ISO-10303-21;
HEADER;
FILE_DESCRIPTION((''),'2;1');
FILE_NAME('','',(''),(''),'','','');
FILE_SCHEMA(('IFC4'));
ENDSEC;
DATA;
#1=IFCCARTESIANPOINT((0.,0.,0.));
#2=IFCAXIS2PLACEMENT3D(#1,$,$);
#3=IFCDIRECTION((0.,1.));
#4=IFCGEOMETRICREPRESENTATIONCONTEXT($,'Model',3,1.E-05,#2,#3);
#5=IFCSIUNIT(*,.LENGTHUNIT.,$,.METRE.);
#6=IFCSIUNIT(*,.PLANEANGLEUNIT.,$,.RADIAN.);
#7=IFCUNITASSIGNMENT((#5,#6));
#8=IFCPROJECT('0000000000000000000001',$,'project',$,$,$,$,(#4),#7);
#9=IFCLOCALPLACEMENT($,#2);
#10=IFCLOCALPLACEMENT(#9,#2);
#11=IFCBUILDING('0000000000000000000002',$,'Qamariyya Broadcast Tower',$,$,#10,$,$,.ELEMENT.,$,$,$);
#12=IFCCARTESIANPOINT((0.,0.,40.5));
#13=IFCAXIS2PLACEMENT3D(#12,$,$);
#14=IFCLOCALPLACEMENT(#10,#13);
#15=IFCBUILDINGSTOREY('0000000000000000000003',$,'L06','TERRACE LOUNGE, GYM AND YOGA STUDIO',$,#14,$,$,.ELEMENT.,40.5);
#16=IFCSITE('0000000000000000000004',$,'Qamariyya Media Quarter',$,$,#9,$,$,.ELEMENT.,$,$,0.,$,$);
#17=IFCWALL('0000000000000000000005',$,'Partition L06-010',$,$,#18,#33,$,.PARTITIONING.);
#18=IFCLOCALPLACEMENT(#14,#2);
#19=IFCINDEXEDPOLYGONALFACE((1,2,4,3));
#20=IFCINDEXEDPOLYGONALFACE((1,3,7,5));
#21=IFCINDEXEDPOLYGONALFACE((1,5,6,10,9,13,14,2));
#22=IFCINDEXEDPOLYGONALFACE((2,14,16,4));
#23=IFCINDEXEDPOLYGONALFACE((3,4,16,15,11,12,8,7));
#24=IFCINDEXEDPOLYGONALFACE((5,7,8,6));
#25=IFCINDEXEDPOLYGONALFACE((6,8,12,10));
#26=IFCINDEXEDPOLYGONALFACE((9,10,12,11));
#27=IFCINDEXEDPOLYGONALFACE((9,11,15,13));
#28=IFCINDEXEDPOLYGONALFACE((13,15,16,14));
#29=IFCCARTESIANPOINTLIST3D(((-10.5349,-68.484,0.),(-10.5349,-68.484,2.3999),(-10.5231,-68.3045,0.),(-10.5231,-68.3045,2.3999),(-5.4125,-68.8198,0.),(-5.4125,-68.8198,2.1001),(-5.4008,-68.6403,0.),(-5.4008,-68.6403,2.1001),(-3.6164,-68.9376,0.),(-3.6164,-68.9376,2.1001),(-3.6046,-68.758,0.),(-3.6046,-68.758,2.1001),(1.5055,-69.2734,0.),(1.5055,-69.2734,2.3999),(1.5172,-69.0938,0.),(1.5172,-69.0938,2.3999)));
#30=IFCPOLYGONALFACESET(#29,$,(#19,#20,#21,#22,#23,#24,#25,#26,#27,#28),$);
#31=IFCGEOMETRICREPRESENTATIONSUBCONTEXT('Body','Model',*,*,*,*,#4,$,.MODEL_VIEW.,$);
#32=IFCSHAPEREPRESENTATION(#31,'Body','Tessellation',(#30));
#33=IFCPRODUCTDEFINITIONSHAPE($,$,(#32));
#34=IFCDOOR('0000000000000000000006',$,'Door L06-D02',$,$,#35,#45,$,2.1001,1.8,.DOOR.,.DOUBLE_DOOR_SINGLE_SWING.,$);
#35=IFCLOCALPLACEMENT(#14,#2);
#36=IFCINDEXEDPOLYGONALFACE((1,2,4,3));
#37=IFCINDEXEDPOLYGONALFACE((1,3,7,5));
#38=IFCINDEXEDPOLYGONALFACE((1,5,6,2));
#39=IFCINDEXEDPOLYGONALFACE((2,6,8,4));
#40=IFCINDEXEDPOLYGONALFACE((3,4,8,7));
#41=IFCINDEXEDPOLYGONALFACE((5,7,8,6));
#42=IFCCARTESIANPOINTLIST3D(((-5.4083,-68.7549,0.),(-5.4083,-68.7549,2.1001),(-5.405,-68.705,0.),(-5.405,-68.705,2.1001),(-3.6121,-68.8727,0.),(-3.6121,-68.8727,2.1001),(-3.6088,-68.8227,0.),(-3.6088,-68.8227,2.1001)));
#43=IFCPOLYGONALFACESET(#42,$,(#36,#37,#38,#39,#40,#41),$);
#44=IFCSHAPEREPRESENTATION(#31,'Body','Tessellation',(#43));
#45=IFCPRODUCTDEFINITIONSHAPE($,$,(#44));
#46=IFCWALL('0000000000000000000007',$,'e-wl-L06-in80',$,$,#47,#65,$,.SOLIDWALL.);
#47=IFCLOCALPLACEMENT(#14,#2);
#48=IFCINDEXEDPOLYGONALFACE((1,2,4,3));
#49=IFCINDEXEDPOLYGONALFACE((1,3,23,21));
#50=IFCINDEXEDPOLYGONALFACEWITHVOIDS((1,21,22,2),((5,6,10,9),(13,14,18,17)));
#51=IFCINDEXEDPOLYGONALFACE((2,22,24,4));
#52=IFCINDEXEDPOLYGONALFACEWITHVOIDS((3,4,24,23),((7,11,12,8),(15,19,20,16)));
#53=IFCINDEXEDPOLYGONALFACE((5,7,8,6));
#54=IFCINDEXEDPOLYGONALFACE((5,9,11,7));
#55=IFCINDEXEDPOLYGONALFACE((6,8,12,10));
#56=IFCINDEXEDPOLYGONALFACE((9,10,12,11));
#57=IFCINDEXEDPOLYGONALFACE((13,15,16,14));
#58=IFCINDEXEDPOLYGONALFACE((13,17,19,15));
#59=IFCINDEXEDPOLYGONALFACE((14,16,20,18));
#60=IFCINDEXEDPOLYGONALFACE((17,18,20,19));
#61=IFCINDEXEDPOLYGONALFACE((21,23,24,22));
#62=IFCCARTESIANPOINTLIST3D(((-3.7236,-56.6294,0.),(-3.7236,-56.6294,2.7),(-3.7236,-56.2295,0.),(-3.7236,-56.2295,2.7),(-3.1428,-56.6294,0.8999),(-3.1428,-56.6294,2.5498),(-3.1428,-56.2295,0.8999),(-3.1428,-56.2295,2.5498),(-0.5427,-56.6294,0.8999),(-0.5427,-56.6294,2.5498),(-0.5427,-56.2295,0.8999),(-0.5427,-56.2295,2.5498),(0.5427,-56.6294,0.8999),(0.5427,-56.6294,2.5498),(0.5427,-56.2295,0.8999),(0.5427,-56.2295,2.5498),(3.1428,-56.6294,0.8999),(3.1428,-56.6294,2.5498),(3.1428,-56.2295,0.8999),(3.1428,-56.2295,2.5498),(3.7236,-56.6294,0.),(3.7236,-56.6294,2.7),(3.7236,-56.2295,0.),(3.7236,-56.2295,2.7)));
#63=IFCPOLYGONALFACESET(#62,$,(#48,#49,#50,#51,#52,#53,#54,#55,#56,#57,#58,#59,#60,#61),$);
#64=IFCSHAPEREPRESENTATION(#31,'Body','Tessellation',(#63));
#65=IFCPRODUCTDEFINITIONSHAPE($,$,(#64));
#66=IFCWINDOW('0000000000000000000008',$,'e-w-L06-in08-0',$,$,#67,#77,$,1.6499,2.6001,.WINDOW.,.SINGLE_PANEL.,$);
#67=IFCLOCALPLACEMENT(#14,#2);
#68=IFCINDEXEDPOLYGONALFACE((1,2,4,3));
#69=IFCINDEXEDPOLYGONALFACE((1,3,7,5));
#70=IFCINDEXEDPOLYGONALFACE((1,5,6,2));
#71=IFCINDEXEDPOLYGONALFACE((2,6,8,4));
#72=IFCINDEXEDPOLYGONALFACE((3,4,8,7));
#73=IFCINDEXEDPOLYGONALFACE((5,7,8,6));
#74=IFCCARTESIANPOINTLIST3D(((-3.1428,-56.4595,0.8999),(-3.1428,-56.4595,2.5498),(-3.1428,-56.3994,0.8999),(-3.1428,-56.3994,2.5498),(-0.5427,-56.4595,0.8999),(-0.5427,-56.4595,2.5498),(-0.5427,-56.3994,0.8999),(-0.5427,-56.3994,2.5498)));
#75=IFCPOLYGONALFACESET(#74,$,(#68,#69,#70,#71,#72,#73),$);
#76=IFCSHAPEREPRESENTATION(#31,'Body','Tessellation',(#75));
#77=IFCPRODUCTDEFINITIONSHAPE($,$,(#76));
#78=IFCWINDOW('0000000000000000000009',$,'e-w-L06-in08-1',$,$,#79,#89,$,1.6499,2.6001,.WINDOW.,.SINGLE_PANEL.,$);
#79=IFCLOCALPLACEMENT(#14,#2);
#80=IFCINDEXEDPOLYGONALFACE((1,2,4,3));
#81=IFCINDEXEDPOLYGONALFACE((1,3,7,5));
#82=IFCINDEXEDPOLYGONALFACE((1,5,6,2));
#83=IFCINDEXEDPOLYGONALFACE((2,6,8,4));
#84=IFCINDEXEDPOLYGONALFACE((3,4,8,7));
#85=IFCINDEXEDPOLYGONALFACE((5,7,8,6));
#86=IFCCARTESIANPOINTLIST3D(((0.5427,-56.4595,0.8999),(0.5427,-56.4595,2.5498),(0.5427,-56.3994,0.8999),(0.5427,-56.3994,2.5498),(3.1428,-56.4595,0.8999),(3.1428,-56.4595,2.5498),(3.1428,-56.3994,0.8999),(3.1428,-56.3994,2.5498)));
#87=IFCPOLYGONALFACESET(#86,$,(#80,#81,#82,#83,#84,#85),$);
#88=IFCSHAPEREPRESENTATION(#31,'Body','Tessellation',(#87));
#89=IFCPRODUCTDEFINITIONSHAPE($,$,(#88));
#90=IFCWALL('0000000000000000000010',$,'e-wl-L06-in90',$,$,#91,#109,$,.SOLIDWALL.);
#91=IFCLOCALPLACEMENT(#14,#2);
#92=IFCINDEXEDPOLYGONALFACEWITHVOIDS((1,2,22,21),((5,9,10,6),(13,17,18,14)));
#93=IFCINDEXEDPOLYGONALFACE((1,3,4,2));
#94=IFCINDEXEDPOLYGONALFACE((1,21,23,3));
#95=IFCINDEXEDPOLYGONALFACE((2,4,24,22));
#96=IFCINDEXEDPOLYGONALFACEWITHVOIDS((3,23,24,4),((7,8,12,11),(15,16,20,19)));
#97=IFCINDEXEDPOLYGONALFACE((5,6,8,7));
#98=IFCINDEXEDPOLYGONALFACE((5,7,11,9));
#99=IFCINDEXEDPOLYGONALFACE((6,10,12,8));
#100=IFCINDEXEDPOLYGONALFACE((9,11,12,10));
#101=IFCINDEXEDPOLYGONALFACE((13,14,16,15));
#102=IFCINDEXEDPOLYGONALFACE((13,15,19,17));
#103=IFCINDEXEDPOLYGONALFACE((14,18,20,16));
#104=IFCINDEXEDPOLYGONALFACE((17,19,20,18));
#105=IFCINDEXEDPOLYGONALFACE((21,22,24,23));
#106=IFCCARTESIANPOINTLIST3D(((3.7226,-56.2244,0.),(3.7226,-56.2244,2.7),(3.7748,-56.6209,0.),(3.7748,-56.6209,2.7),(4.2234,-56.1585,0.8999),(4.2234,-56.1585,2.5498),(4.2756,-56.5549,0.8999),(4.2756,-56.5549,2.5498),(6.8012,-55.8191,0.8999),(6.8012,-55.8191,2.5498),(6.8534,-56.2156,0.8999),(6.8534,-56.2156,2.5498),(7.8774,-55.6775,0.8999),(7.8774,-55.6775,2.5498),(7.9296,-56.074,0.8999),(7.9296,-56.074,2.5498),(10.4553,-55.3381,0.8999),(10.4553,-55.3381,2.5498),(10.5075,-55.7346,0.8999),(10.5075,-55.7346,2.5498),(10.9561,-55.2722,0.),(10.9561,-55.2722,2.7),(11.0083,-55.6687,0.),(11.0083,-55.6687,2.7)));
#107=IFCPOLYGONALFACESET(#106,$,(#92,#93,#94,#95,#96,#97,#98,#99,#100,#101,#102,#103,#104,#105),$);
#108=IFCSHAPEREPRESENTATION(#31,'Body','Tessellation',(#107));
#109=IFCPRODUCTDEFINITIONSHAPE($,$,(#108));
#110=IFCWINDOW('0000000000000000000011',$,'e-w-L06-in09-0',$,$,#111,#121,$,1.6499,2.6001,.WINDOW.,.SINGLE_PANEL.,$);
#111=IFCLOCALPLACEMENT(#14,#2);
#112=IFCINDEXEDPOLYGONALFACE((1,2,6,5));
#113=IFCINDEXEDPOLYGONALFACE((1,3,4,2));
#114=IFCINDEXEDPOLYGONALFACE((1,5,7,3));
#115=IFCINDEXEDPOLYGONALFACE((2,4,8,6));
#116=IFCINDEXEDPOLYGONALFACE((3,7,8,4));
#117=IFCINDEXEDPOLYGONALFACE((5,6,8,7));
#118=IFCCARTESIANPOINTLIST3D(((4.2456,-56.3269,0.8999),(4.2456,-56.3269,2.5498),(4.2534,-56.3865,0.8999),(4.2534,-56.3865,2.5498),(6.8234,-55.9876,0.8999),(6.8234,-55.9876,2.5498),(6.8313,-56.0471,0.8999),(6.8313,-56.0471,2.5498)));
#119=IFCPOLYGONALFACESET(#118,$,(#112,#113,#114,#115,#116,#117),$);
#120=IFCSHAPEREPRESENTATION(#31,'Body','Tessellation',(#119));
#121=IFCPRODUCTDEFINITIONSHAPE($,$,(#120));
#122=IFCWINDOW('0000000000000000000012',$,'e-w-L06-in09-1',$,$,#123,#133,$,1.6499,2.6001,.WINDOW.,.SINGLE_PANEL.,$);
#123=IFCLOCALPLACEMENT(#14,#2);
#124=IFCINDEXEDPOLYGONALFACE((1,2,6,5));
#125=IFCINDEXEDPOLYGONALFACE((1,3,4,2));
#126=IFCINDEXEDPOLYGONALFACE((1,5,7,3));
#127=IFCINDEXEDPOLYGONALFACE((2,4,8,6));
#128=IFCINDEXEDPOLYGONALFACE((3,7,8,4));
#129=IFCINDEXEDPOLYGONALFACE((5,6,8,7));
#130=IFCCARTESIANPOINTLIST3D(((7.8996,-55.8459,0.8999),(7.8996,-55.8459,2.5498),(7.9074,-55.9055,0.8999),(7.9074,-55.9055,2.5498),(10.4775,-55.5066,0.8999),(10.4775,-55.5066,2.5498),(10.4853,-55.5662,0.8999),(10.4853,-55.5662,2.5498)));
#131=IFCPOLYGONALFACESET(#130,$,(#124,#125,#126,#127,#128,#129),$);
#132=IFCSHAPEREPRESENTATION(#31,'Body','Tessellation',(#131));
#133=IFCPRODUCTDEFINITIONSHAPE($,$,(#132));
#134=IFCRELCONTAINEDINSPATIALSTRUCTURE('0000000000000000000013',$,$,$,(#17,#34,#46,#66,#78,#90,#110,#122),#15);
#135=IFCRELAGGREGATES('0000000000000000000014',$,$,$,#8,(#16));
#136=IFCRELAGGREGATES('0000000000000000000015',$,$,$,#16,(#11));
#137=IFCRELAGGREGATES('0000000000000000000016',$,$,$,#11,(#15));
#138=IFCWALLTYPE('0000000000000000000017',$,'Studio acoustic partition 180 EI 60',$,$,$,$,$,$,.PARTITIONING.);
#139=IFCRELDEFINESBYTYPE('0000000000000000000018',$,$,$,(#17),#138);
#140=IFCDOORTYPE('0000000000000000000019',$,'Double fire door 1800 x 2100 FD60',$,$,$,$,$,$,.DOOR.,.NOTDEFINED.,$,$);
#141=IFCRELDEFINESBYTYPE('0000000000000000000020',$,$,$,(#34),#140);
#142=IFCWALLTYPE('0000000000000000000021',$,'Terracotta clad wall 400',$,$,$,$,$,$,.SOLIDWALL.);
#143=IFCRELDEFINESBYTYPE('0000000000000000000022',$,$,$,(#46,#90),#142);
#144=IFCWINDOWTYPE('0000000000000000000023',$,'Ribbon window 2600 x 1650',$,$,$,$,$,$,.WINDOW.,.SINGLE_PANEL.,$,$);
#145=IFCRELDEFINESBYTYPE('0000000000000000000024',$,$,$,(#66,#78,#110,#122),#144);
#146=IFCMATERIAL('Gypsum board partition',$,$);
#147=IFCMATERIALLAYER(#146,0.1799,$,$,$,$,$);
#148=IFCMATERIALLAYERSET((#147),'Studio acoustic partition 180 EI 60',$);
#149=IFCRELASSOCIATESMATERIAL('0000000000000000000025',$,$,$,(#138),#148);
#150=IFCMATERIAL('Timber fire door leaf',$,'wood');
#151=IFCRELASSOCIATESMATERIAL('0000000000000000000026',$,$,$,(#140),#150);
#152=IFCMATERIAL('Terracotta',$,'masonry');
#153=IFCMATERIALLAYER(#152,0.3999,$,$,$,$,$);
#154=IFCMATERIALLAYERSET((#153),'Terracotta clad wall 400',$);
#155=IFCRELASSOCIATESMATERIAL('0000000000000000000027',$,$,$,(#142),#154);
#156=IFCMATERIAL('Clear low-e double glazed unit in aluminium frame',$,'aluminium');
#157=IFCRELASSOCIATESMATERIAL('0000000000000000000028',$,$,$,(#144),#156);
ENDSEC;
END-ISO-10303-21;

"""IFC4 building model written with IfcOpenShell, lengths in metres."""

from ifc_helpers import new_model, si_unit, direction, frame, frame_2d, origin, place, context, subcontext, project, spatial, rectangle, extrude, material, layer, layer_set, type_object, element, fill, save


model = new_model("IFC4")

# Units and contexts
model_context = context("Model", 3, precision=1e-05, world=origin(), true_north=direction((0.0, 1.0)))
body_context = subcontext(model_context, "Body", "Model", "MODEL_VIEW")
ifc_project = project(units=[si_unit("LENGTHUNIT", "METRE"), si_unit("PLANEANGLEUNIT", "RADIAN")], contexts=[model_context])

# Site, building, storey
site_placement = place(None, origin())
site = spatial("IfcSite", under=ifc_project, at=site_placement, Name="Qamariyya Media Quarter", CompositionType="ELEMENT", RefElevation=0.0)
building_placement = place(site_placement, origin())
building = spatial("IfcBuilding", under=site, at=building_placement, Name="Qamariyya Broadcast Tower", CompositionType="ELEMENT")
storey_placement = place(building_placement, frame((0.0, 0.0, 40.5)))
storey = spatial("IfcBuildingStorey", under=building, at=storey_placement, Name="L06", Description="TERRACE LOUNGE, GYM AND YOGA STUDIO", CompositionType="ELEMENT", Elevation=40.5)

# Shared definitions
ifc_material_1 = material(Name="Gypsum board partition")
ifc_material_2 = material(Name="Timber fire door leaf", Category="wood")

# Wall, opening, door
ifc_layer_1 = layer(ifc_material_1, 0.1799)
ifc_layer_set_1 = layer_set([ifc_layer_1], Name="Studio acoustic partition 180 EI 60")
wall_type_1 = type_object("IfcWallType", Name="Studio acoustic partition 180 EI 60", PredefinedType="PARTITIONING", material=ifc_layer_set_1)
wall_1_placement = place(storey_placement, frame((1.5115, -69.1836, 0.0), z_axis=(0.0, 0.0, 1.0), x_axis=(-0.997858, 0.065415, 0.0)))
wall_1 = element("IfcWall", 1, at=wall_1_placement, inside=storey, type_object=wall_type_1, Name="Partition L06-010", PredefinedType="PARTITIONING", context=body_context, shape_type="SweptSolid", body=[
    extrude(rectangle(XDim=12.0662, YDim=0.1799, at=frame_2d((6.0332, 0.0))), origin(), (0.0, 0.0, 1.0), 2.3999),
])
opening_1_placement = place(wall_1_placement, frame((5.1331, 0.0, 0.0)))
opening_1 = element("IfcOpeningElement", 2, at=opening_1_placement, cuts=wall_1, PredefinedType="OPENING", context=body_context, shape_type="SweptSolid", body=[
    extrude(rectangle(XDim=1.8, YDim=2.1001, at=frame_2d((0.8999, 1.05))), frame((0.0, 0.0999, 0.0), z_axis=(0.0, -1.0, 0.0), x_axis=(1.0, 0.0, 0.0)), (0.0, 0.0, 1.0), 0.2),
])
door_type_1 = type_object("IfcDoorType", Name="Double fire door 1800 x 2100 FD60", OperationType="NOTDEFINED", PredefinedType="DOOR", material=ifc_material_2)
door_1_placement = place(opening_1_placement, origin())
door_1 = element("IfcDoor", 3, at=door_1_placement, inside=storey, type_object=door_type_1, Name="Door L06-D02", OperationType="DOUBLE_DOOR_SINGLE_SWING", OverallHeight=2.1001, OverallWidth=1.8, PredefinedType="DOOR", context=body_context, shape_type="SweptSolid", body=[
    extrude(rectangle(XDim=1.8, YDim=2.1001, at=frame_2d((0.8999, 1.05))), frame((0.0, 0.0249, 0.0), z_axis=(0.0, -1.0, 0.0), x_axis=(1.0, 0.0, 0.0)), (0.0, 0.0, 1.0), 0.05),
])
fill(opening_1, door_1)

# Walls, openings, windows
ifc_material_3 = material(Name="Terracotta", Category="masonry")
ifc_layer_2 = layer(ifc_material_3, 0.3999)
ifc_layer_set_2 = layer_set([ifc_layer_2], Name="Terracotta clad wall 400")
wall_type_2 = type_object("IfcWallType", Name="Terracotta clad wall 400", PredefinedType="SOLIDWALL", material=ifc_layer_set_2)
wall_2_placement = place(storey_placement, frame((3.7236, -56.4294, 0.0), z_axis=(0.0, 0.0, 1.0), x_axis=(-1.0, 0.0, 0.0)))
wall_2 = element("IfcWall", 4, at=wall_2_placement, inside=storey, type_object=wall_type_2, Name="e-wl-L06-in80", PredefinedType="SOLIDWALL", context=body_context, shape_type="SweptSolid", body=[
    extrude(rectangle(XDim=7.4473, YDim=0.3999, at=frame_2d((3.7236, 0.0))), origin(), (0.0, 0.0, 1.0), 2.7),
])
opening_2_placement = place(wall_2_placement, frame((4.2664, 0.0, 0.8999)))
opening_2 = element("IfcOpeningElement", 5, at=opening_2_placement, cuts=wall_2, PredefinedType="OPENING", context=body_context, shape_type="SweptSolid", body=[
    extrude(rectangle(XDim=2.6001, YDim=1.6499, at=frame_2d((1.3, 0.825))), frame((0.0, 0.21, 0.0), z_axis=(0.0, -1.0, 0.0), x_axis=(1.0, 0.0, 0.0)), (0.0, 0.0, 1.0), 0.4199),
])
opening_3_placement = place(wall_2_placement, frame((0.5808, 0.0, 0.8999)))
opening_3 = element("IfcOpeningElement", 6, at=opening_3_placement, cuts=wall_2, PredefinedType="OPENING", context=body_context, shape_type="SweptSolid", body=[
    extrude(rectangle(XDim=2.6001, YDim=1.6499, at=frame_2d((1.3, 0.825))), frame((0.0, 0.21, 0.0), z_axis=(0.0, -1.0, 0.0), x_axis=(1.0, 0.0, 0.0)), (0.0, 0.0, 1.0), 0.4199),
])
ifc_material_4 = material(Name="Clear low-e double glazed unit in aluminium frame", Category="aluminium")
window_type = type_object("IfcWindowType", Name="Ribbon window 2600 x 1650", PartitioningType="SINGLE_PANEL", PredefinedType="WINDOW", material=ifc_material_4)
window_1_placement = place(opening_2_placement, origin())
window_1 = element("IfcWindow", 7, at=window_1_placement, inside=storey, type_object=window_type, Name="e-w-L06-in08-0", OverallHeight=1.6499, OverallWidth=2.6001, PartitioningType="SINGLE_PANEL", PredefinedType="WINDOW", context=body_context, shape_type="SweptSolid", body=[
    extrude(rectangle(XDim=2.6001, YDim=1.6499, at=frame_2d((1.3, 0.825))), frame((0.0, 0.03, 0.0), z_axis=(0.0, -1.0, 0.0), x_axis=(1.0, 0.0, 0.0)), (0.0, 0.0, 1.0), 0.0601),
])
fill(opening_2, window_1)
window_2_placement = place(opening_3_placement, origin())
window_2 = element("IfcWindow", 8, at=window_2_placement, inside=storey, type_object=window_type, Name="e-w-L06-in08-1", OverallHeight=1.6499, OverallWidth=2.6001, PartitioningType="SINGLE_PANEL", PredefinedType="WINDOW", context=body_context, shape_type="SweptSolid", body=[
    extrude(rectangle(XDim=2.6001, YDim=1.6499, at=frame_2d((1.3, 0.825))), frame((0.0, 0.03, 0.0), z_axis=(0.0, -1.0, 0.0), x_axis=(1.0, 0.0, 0.0)), (0.0, 0.0, 1.0), 0.0601),
])
fill(opening_3, window_2)
wall_3_placement = place(storey_placement, frame((10.9822, -55.4705, 0.0), z_axis=(0.0, 0.0, 1.0), x_axis=(-0.991447, -0.130506, 0.0)))
wall_3 = element("IfcWall", 9, at=wall_3_placement, inside=storey, type_object=wall_type_2, Name="e-wl-L06-in90", PredefinedType="SOLIDWALL", context=body_context, shape_type="SweptSolid", body=[
    extrude(rectangle(XDim=7.2959, YDim=0.3999, at=frame_2d((3.6479, 0.0))), origin(), (0.0, 0.0, 1.0), 2.7),
])
opening_4_placement = place(wall_3_placement, frame((4.1907, 0.0, 0.8999)))
opening_4 = element("IfcOpeningElement", 10, at=opening_4_placement, cuts=wall_3, PredefinedType="OPENING", context=body_context, shape_type="SweptSolid", body=[
    extrude(rectangle(XDim=2.6001, YDim=1.6499, at=frame_2d((1.3, 0.825))), frame((0.0, 0.21, 0.0), z_axis=(0.0, -1.0, 0.0), x_axis=(1.0, 0.0, 0.0)), (0.0, 0.0, 1.0), 0.4199),
])
opening_5_placement = place(wall_3_placement, frame((0.5051, 0.0, 0.8999)))
opening_5 = element("IfcOpeningElement", 11, at=opening_5_placement, cuts=wall_3, PredefinedType="OPENING", context=body_context, shape_type="SweptSolid", body=[
    extrude(rectangle(XDim=2.6001, YDim=1.6499, at=frame_2d((1.3, 0.825))), frame((0.0, 0.21, 0.0), z_axis=(0.0, -1.0, 0.0), x_axis=(1.0, 0.0, 0.0)), (0.0, 0.0, 1.0), 0.4199),
])
window_3_placement = place(opening_4_placement, origin())
window_3 = element("IfcWindow", 12, at=window_3_placement, inside=storey, type_object=window_type, Name="e-w-L06-in09-0", OverallHeight=1.6499, OverallWidth=2.6001, PartitioningType="SINGLE_PANEL", PredefinedType="WINDOW", context=body_context, shape_type="SweptSolid", body=[
    extrude(rectangle(XDim=2.6001, YDim=1.6499, at=frame_2d((1.3, 0.825))), frame((0.0, 0.03, 0.0), z_axis=(0.0, -1.0, 0.0), x_axis=(1.0, 0.0, 0.0)), (0.0, 0.0, 1.0), 0.0601),
])
fill(opening_4, window_3)
window_4_placement = place(opening_5_placement, origin())
window_4 = element("IfcWindow", 13, at=window_4_placement, inside=storey, type_object=window_type, Name="e-w-L06-in09-1", OverallHeight=1.6499, OverallWidth=2.6001, PartitioningType="SINGLE_PANEL", PredefinedType="WINDOW", context=body_context, shape_type="SweptSolid", body=[
    extrude(rectangle(XDim=2.6001, YDim=1.6499, at=frame_2d((1.3, 0.825))), frame((0.0, 0.03, 0.0), z_axis=(0.0, -1.0, 0.0), x_axis=(1.0, 0.0, 0.0)), (0.0, 0.0, 1.0), 0.0601),
])
fill(opening_5, window_4)

save(model, "model.ifc")
